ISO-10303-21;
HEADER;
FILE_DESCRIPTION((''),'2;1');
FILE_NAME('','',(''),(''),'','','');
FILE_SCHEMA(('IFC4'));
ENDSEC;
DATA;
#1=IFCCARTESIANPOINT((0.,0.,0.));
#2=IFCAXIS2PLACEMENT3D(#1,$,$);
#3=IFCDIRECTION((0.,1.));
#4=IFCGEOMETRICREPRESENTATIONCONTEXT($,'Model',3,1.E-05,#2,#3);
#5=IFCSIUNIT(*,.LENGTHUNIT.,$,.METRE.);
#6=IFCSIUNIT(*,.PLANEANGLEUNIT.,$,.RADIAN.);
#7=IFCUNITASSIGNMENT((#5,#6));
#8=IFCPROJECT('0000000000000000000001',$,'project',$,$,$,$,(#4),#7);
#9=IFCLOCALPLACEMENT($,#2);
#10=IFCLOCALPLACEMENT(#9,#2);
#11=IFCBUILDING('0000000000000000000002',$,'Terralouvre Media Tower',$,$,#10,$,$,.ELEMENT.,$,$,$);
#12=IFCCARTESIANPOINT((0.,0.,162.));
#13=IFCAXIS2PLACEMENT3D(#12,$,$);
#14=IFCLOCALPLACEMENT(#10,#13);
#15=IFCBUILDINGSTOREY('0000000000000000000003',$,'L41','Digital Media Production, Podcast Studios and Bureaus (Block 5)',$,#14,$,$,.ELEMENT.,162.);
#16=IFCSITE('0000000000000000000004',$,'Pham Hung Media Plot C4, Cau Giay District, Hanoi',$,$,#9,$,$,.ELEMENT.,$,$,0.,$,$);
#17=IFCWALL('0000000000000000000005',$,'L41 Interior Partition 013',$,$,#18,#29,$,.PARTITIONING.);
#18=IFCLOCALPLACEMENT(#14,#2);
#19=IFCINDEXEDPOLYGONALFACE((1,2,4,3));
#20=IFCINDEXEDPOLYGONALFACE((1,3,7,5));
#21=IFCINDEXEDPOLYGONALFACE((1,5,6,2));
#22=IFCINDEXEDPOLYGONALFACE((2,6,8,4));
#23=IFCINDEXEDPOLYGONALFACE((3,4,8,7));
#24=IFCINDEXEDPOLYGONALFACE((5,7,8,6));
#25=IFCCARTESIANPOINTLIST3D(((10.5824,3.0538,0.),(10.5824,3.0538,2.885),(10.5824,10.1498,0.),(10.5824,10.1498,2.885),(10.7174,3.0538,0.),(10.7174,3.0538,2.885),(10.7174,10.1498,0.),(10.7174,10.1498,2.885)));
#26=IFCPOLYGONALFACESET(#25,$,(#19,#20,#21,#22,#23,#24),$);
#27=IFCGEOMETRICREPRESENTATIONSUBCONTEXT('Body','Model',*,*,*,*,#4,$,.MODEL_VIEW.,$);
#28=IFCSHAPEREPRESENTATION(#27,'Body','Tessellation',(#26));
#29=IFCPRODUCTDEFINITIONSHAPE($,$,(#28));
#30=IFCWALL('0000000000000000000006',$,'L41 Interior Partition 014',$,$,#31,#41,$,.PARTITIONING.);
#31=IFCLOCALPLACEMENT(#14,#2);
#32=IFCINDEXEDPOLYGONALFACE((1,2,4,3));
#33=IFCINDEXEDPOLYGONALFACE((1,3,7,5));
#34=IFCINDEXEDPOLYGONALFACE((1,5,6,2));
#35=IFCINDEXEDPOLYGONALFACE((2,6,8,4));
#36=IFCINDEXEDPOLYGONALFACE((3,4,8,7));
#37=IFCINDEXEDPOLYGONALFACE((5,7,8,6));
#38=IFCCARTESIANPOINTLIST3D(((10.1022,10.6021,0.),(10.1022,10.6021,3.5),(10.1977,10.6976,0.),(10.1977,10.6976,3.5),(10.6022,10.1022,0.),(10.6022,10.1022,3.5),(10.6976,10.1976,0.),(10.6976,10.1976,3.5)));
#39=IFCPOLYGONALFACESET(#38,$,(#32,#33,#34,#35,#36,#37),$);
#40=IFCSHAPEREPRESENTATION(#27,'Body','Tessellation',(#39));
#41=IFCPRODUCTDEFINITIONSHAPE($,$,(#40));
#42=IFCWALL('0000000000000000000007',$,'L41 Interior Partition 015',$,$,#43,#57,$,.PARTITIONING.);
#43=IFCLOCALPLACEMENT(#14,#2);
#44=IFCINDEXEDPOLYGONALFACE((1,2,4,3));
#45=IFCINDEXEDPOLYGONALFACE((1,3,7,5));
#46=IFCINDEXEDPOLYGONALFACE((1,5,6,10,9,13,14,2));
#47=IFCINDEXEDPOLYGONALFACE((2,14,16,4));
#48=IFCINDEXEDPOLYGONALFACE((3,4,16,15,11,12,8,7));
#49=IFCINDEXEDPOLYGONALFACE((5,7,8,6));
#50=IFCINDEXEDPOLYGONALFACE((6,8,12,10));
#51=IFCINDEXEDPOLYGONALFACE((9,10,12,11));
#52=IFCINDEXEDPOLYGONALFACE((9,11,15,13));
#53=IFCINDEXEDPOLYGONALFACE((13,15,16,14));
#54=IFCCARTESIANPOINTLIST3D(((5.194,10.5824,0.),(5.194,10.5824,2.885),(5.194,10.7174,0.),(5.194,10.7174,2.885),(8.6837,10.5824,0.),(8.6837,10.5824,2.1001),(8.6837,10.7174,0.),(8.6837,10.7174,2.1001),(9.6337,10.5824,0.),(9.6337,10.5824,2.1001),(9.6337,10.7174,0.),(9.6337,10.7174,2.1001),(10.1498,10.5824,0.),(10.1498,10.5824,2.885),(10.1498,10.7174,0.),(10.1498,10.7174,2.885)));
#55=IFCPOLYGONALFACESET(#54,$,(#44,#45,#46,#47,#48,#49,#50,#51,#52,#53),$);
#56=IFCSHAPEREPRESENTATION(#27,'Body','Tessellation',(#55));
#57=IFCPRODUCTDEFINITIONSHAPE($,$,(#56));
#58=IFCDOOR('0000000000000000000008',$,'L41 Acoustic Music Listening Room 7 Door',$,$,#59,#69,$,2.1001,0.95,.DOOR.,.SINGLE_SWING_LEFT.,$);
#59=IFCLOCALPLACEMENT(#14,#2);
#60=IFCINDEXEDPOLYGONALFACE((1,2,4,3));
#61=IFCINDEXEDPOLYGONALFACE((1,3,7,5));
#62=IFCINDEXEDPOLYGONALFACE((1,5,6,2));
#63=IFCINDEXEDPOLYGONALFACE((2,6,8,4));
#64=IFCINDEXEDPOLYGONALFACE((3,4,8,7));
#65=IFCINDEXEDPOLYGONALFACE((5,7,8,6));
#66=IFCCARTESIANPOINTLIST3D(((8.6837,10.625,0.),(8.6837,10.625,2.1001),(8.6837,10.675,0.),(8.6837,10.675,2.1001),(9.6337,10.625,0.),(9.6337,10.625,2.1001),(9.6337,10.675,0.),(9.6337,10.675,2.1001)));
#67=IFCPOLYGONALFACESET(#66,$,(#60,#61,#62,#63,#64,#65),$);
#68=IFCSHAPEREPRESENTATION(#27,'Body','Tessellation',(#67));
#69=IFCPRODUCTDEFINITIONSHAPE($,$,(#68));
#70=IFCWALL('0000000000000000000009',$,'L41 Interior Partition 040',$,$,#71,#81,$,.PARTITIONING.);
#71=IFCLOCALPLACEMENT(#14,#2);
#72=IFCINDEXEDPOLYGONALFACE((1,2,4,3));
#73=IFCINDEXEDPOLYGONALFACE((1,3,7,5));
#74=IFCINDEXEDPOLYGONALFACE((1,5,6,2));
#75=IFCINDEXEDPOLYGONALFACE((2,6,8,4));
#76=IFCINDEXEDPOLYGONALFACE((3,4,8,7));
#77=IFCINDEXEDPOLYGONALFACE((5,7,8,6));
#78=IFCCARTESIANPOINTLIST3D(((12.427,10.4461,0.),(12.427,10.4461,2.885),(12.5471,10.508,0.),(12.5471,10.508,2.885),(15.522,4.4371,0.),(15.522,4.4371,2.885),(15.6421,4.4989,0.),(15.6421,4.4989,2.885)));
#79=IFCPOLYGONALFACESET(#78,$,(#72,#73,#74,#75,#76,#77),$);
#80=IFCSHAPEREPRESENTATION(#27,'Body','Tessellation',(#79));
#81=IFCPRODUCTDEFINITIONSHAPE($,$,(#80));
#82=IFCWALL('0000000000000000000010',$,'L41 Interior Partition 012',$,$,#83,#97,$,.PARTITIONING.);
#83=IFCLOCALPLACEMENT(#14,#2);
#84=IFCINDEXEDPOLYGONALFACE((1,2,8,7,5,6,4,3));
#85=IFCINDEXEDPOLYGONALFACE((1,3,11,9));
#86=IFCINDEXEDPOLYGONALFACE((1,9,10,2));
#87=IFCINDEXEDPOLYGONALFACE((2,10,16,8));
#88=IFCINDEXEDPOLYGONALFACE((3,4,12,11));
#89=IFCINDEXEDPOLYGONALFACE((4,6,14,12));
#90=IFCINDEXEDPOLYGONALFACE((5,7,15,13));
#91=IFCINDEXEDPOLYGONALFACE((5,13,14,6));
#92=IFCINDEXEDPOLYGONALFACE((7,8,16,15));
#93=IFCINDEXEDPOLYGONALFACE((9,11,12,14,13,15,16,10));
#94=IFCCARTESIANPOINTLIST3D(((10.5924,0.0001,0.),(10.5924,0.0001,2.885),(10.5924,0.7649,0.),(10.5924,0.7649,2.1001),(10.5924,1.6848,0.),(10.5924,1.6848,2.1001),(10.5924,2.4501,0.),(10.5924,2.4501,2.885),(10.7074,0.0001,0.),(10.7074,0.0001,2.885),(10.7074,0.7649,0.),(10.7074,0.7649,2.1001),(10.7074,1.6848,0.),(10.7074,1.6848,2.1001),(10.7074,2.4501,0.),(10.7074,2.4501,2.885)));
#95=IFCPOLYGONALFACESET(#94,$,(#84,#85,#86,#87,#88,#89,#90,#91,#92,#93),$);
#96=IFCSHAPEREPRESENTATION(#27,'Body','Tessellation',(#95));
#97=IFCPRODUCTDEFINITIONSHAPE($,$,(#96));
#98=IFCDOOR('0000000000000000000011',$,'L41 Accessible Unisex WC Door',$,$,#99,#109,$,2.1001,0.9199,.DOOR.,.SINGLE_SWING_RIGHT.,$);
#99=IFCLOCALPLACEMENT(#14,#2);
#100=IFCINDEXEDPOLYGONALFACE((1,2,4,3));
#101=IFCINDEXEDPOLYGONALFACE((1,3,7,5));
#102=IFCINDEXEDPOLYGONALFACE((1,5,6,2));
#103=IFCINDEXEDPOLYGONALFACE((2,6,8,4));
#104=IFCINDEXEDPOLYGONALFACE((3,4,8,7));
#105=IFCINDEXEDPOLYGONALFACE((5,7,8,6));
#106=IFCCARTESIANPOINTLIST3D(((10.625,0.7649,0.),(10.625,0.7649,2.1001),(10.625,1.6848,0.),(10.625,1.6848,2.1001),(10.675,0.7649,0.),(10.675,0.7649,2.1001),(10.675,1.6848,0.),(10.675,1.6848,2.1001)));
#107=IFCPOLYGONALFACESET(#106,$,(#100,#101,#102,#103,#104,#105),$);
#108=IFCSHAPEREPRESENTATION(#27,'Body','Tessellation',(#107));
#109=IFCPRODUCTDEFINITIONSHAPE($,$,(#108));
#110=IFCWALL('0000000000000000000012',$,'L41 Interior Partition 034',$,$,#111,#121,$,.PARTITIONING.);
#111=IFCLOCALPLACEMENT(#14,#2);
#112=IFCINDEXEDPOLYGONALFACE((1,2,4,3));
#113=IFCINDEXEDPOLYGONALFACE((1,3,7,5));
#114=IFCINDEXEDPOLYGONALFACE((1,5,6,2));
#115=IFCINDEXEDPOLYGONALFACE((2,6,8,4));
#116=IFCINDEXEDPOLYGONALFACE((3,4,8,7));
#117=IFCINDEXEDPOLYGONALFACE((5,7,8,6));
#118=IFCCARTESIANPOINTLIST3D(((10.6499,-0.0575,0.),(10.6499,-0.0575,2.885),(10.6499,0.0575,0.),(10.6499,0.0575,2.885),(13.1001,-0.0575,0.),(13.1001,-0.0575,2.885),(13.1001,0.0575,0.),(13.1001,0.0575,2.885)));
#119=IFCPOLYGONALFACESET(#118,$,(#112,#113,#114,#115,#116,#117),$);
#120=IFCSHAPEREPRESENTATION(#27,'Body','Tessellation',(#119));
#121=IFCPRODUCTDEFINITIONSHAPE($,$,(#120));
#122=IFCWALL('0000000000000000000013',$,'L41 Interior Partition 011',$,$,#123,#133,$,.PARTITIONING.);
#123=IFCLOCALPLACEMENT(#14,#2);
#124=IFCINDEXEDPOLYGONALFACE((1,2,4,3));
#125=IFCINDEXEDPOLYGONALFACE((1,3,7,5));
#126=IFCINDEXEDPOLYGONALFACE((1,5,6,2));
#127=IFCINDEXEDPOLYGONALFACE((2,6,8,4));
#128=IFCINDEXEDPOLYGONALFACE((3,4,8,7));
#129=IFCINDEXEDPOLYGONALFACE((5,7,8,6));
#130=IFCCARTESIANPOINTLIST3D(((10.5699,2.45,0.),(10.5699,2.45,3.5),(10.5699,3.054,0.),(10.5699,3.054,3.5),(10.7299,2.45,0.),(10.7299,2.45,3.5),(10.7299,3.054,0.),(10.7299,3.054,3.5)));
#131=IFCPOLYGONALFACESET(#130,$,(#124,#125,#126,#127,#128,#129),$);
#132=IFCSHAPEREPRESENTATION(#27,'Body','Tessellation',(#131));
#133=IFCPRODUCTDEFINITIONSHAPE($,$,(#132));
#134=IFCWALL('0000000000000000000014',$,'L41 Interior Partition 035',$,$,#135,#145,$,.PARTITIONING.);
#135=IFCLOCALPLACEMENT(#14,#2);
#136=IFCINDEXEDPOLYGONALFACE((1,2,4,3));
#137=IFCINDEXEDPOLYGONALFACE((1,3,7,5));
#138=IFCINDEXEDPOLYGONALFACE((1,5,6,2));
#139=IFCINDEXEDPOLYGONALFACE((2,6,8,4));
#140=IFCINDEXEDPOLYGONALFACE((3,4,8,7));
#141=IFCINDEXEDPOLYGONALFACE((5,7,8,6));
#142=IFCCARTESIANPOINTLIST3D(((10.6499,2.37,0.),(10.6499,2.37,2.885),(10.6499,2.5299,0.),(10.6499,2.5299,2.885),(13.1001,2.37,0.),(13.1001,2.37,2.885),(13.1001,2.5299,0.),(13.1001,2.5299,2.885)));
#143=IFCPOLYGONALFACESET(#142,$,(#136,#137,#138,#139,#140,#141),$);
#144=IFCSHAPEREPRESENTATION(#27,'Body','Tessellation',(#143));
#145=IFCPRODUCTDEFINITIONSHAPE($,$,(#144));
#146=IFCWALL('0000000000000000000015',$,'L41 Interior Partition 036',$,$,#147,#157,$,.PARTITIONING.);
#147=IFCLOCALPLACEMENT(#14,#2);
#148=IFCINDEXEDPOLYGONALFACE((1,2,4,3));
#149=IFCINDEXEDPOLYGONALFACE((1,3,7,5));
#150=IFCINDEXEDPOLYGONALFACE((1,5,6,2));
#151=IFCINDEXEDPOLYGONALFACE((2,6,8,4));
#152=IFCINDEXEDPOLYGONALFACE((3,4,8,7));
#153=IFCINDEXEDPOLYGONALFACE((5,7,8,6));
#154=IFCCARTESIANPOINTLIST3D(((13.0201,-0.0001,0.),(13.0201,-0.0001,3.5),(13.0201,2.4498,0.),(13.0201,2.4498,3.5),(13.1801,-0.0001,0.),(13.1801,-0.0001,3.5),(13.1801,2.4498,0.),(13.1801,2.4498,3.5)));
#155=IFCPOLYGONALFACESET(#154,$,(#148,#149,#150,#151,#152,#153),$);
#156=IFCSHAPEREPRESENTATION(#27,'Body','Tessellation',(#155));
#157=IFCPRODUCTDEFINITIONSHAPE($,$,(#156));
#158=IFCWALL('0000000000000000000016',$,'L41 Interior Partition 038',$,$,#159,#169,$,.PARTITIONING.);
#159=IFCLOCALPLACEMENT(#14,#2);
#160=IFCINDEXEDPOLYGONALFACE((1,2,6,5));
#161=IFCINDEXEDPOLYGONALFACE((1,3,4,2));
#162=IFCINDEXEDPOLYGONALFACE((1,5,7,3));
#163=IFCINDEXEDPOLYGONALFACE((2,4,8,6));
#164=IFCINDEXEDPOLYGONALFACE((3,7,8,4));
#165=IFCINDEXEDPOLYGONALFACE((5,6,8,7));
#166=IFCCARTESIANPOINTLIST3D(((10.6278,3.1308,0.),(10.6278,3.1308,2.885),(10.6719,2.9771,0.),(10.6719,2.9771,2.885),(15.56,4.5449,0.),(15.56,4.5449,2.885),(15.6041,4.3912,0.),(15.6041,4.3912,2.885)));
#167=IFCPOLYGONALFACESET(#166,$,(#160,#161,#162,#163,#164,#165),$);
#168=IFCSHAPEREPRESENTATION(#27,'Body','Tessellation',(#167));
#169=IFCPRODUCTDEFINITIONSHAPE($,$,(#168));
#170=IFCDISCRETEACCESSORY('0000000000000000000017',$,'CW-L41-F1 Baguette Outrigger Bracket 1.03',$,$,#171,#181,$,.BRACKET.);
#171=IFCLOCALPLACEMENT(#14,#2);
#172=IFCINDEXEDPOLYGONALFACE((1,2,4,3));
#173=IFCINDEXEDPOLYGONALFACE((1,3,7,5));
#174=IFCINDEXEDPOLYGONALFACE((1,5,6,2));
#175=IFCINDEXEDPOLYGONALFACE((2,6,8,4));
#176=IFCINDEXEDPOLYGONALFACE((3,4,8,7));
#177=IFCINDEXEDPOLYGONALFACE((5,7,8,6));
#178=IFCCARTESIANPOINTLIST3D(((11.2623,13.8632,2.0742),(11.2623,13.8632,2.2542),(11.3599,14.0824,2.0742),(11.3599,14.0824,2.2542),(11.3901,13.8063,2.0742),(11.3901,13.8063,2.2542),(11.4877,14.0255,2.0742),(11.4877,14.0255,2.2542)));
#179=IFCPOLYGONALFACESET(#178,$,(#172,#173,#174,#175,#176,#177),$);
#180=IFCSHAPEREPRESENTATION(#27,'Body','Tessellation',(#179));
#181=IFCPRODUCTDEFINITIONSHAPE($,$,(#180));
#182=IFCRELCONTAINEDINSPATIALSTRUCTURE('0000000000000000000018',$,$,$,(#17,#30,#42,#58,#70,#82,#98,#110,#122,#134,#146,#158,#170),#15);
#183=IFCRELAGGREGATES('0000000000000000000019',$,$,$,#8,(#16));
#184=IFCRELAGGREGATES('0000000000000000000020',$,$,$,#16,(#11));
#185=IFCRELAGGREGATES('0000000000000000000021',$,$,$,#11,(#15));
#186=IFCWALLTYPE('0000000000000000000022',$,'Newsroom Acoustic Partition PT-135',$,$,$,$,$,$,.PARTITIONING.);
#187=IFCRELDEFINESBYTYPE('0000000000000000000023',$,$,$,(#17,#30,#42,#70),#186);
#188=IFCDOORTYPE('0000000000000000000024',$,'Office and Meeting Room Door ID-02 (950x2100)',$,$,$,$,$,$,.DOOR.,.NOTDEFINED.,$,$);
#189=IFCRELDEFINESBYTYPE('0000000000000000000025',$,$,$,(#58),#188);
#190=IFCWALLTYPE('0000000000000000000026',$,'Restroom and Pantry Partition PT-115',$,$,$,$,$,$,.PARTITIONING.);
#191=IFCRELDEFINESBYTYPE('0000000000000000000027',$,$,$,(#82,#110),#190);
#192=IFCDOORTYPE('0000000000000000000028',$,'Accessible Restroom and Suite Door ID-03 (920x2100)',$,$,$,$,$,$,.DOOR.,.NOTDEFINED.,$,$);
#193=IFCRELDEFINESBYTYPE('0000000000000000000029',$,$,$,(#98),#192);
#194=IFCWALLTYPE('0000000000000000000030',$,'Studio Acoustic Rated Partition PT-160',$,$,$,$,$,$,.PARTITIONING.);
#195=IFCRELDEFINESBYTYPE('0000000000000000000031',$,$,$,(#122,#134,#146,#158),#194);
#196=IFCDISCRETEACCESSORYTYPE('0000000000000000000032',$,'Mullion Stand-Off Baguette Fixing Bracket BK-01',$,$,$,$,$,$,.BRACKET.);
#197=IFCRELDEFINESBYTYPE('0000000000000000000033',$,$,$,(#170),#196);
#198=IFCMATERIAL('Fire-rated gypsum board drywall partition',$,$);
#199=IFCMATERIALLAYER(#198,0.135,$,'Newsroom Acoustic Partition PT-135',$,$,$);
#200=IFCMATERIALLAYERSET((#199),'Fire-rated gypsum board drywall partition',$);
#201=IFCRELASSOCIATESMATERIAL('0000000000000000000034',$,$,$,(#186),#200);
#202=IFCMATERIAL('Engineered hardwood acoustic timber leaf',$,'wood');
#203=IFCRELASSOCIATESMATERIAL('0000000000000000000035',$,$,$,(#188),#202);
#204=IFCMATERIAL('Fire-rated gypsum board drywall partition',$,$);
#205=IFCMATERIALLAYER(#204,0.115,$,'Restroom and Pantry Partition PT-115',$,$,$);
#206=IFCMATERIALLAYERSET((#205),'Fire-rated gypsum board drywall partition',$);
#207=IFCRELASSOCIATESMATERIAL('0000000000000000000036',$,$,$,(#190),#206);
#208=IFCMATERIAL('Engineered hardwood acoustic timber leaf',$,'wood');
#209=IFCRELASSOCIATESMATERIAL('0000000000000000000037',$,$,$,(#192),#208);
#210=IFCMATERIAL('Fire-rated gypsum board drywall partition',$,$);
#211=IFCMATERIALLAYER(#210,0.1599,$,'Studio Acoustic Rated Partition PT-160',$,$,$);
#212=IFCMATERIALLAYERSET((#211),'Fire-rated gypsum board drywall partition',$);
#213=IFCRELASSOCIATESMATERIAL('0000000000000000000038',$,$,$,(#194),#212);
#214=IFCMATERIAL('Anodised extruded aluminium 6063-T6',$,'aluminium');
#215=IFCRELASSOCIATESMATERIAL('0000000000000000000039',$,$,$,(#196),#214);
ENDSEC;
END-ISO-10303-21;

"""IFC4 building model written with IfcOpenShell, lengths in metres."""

from ifc_helpers import new_model, si_unit, direction, frame, frame_2d, origin, origin_2d, place, context, subcontext, project, spatial, rectangle, extrude, material, layer, layer_set, type_object, element, fill, save


model = new_model("IFC4")

# Units and contexts
model_context = context("Model", 3, precision=1e-05, world=origin(), true_north=direction((0.0, 1.0)))
body_context = subcontext(model_context, "Body", "Model", "MODEL_VIEW")
ifc_project = project(units=[si_unit("LENGTHUNIT", "METRE"), si_unit("PLANEANGLEUNIT", "RADIAN")], contexts=[model_context])

# Site, building, storey
site_placement = place(None, origin())
site = spatial("IfcSite", under=ifc_project, at=site_placement, Name="Pham Hung Media Plot C4, Cau Giay District, Hanoi", CompositionType="ELEMENT", RefElevation=0.0)
building_placement = place(site_placement, origin())
building = spatial("IfcBuilding", under=site, at=building_placement, Name="Terralouvre Media Tower", CompositionType="ELEMENT")
storey_placement = place(building_placement, frame((0.0, 0.0, 162.0)))
storey = spatial("IfcBuildingStorey", under=building, at=storey_placement, Name="L41", Description="Digital Media Production, Podcast Studios and Bureaus (Block 5)", CompositionType="ELEMENT", Elevation=162.0)

# Walls
ifc_material_1 = material(Name="Fire-rated gypsum board drywall partition")
ifc_layer_1 = layer(ifc_material_1, 0.135, Name="Newsroom Acoustic Partition PT-135")
ifc_layer_set_1 = layer_set([ifc_layer_1], Name="Fire-rated gypsum board drywall partition")
wall_type_1 = type_object("IfcWallType", Name="Newsroom Acoustic Partition PT-135", PredefinedType="PARTITIONING", material=ifc_layer_set_1)
wall_1_placement = place(storey_placement, frame((10.6499, 3.054, 0.0), z_axis=(0.0, 0.0, 1.0), x_axis=(0.0, 1.0, 0.0)))
element("IfcWall", 1, at=wall_1_placement, inside=storey, type_object=wall_type_1, Name="L41 Interior Partition 013", PredefinedType="PARTITIONING", context=body_context, shape_type="SweptSolid", body=[
    extrude(rectangle(XDim=7.0959, YDim=0.135, at=frame_2d((3.5479, 0.0))), origin(), (0.0, 0.0, 1.0), 2.885),
])
wall_2_placement = place(storey_placement, frame((10.6499, 10.1499, 0.0), z_axis=(0.0, 0.0, 1.0), x_axis=(-0.707107, 0.707107, 0.0)))
element("IfcWall", 2, at=wall_2_placement, inside=storey, type_object=wall_type_1, Name="L41 Interior Partition 014", PredefinedType="PARTITIONING", context=body_context, shape_type="SweptSolid", body=[
    extrude(rectangle(XDim=0.707, YDim=0.135, at=frame_2d((0.3535, 0.0))), origin(), (0.0, 0.0, 1.0), 3.5),
])

# Wall, opening, door
wall_3_placement = place(storey_placement, frame((10.1499, 10.6499, 0.0), z_axis=(0.0, 0.0, 1.0), x_axis=(-1.0, 0.0, 0.0)))
wall_3 = element("IfcWall", 3, at=wall_3_placement, inside=storey, type_object=wall_type_1, Name="L41 Interior Partition 015", PredefinedType="PARTITIONING", context=body_context, shape_type="SweptSolid", body=[
    extrude(rectangle(XDim=4.9558, YDim=0.135, at=frame_2d((2.478, 0.0))), origin(), (0.0, 0.0, 1.0), 2.885),
])
opening_1_placement = place(wall_3_placement, frame((0.5161, 0.0, 0.0)))
opening_1 = element("IfcOpeningElement", 4, at=opening_1_placement, cuts=wall_3, PredefinedType="OPENING", context=body_context, shape_type="SweptSolid", body=[
    extrude(rectangle(XDim=0.95, YDim=2.1001, at=frame_2d((0.4751, 1.05))), frame((0.0, 0.0774, 0.0), z_axis=(0.0, -1.0, 0.0), x_axis=(1.0, 0.0, 0.0)), (0.0, 0.0, 1.0), 0.155),
])
ifc_material_2 = material(Name="Engineered hardwood acoustic timber leaf", Category="wood")
door_type_1 = type_object("IfcDoorType", Name="Office and Meeting Room Door ID-02 (950x2100)", OperationType="NOTDEFINED", PredefinedType="DOOR", material=ifc_material_2)
door_1_placement = place(opening_1_placement, origin())
door_1 = element("IfcDoor", 5, at=door_1_placement, inside=storey, type_object=door_type_1, Name="L41 Acoustic Music Listening Room 7 Door", OperationType="SINGLE_SWING_LEFT", OverallHeight=2.1001, OverallWidth=0.95, PredefinedType="DOOR", context=body_context, shape_type="SweptSolid", body=[
    extrude(rectangle(XDim=0.95, YDim=2.1001, at=frame_2d((0.4751, 1.05))), frame((0.0, 0.0249, 0.0), z_axis=(0.0, -1.0, 0.0), x_axis=(1.0, 0.0, 0.0)), (0.0, 0.0, 1.0), 0.05),
])
fill(opening_1, door_1)

# Wall
wall_4_placement = place(storey_placement, frame((12.4871, 10.4771, 0.0), z_axis=(0.0, 0.0, 1.0), x_axis=(0.457887, -0.88901, 0.0)))
element("IfcWall", 6, at=wall_4_placement, inside=storey, type_object=wall_type_1, Name="L41 Interior Partition 040", PredefinedType="PARTITIONING", context=body_context, shape_type="SweptSolid", body=[
    extrude(rectangle(XDim=6.7593, YDim=0.135, at=frame_2d((3.3796, 0.0))), origin(), (0.0, 0.0, 1.0), 2.885),
])

# Wall, opening, door
ifc_material_3 = material(Name="Fire-rated gypsum board drywall partition")
ifc_layer_2 = layer(ifc_material_3, 0.115, Name="Restroom and Pantry Partition PT-115")
ifc_layer_set_2 = layer_set([ifc_layer_2], Name="Fire-rated gypsum board drywall partition")
wall_type_2 = type_object("IfcWallType", Name="Restroom and Pantry Partition PT-115", PredefinedType="PARTITIONING", material=ifc_layer_set_2)
wall_5_placement = place(storey_placement, frame((10.6499, 0.0, 0.0), z_axis=(0.0, 0.0, 1.0), x_axis=(0.0, 1.0, 0.0)))
wall_5 = element("IfcWall", 7, at=wall_5_placement, inside=storey, type_object=wall_type_2, Name="L41 Interior Partition 012", PredefinedType="PARTITIONING", context=body_context, shape_type="SweptSolid", body=[
    extrude(rectangle(XDim=2.45, YDim=0.115, at=frame_2d((1.2251, 0.0))), origin(), (0.0, 0.0, 1.0), 2.885),
])
opening_2_placement = place(wall_5_placement, frame((0.7649, 0.0, 0.0)))
opening_2 = element("IfcOpeningElement", 8, at=opening_2_placement, cuts=wall_5, PredefinedType="OPENING", context=body_context, shape_type="SweptSolid", body=[
    extrude(rectangle(XDim=0.9199, YDim=2.1001, at=frame_2d((0.46, 1.05))), frame((0.0, 0.0674, 0.0), z_axis=(0.0, -1.0, 0.0), x_axis=(1.0, 0.0, 0.0)), (0.0, 0.0, 1.0), 0.135),
])
ifc_material_4 = material(Name="Engineered hardwood acoustic timber leaf", Category="wood")
door_type_2 = type_object("IfcDoorType", Name="Accessible Restroom and Suite Door ID-03 (920x2100)", OperationType="NOTDEFINED", PredefinedType="DOOR", material=ifc_material_4)
door_2_placement = place(opening_2_placement, origin())
door_2 = element("IfcDoor", 9, at=door_2_placement, inside=storey, type_object=door_type_2, Name="L41 Accessible Unisex WC Door", OperationType="SINGLE_SWING_RIGHT", OverallHeight=2.1001, OverallWidth=0.9199, PredefinedType="DOOR", context=body_context, shape_type="SweptSolid", body=[
    extrude(rectangle(XDim=0.9199, YDim=2.1001, at=frame_2d((0.46, 1.05))), frame((0.0, 0.0249, 0.0), z_axis=(0.0, -1.0, 0.0), x_axis=(1.0, 0.0, 0.0)), (0.0, 0.0, 1.0), 0.05),
])
fill(opening_2, door_2)

# Walls
wall_6_placement = place(storey_placement, frame((13.1001, 0.0, 0.0), z_axis=(0.0, 0.0, 1.0), x_axis=(-1.0, 0.0, 0.0)))
element("IfcWall", 10, at=wall_6_placement, inside=storey, type_object=wall_type_2, Name="L41 Interior Partition 034", PredefinedType="PARTITIONING", context=body_context, shape_type="SweptSolid", body=[
    extrude(rectangle(XDim=2.4502, YDim=0.115, at=frame_2d((1.2251, 0.0))), origin(), (0.0, 0.0, 1.0), 2.885),
])
ifc_material_5 = material(Name="Fire-rated gypsum board drywall partition")
ifc_layer_3 = layer(ifc_material_5, 0.1599, Name="Studio Acoustic Rated Partition PT-160")
ifc_layer_set_3 = layer_set([ifc_layer_3], Name="Fire-rated gypsum board drywall partition")
wall_type_3 = type_object("IfcWallType", Name="Studio Acoustic Rated Partition PT-160", PredefinedType="PARTITIONING", material=ifc_layer_set_3)
wall_7_placement = place(storey_placement, frame((10.6499, 2.45, 0.0), z_axis=(0.0, 0.0, 1.0), x_axis=(0.0, 1.0, 0.0)))
element("IfcWall", 11, at=wall_7_placement, inside=storey, type_object=wall_type_3, Name="L41 Interior Partition 011", PredefinedType="PARTITIONING", context=body_context, shape_type="SweptSolid", body=[
    extrude(rectangle(XDim=0.604, YDim=0.1599, at=frame_2d((0.302, 0.0))), origin(), (0.0, 0.0, 1.0), 3.5),
])
wall_8_placement = place(storey_placement, frame((10.6499, 2.45, 0.0), z_axis=(0.0, 0.0, 1.0), x_axis=(1.0, 0.0, 0.0)))
element("IfcWall", 12, at=wall_8_placement, inside=storey, type_object=wall_type_3, Name="L41 Interior Partition 035", PredefinedType="PARTITIONING", context=body_context, shape_type="SweptSolid", body=[
    extrude(rectangle(XDim=2.4502, YDim=0.1599, at=frame_2d((1.2251, 0.0))), origin(), (0.0, 0.0, 1.0), 2.885),
])
wall_9_placement = place(storey_placement, frame((13.1001, 2.45, 0.0), z_axis=(0.0, 0.0, 1.0), x_axis=(0.0, -1.0, 0.0)))
element("IfcWall", 13, at=wall_9_placement, inside=storey, type_object=wall_type_3, Name="L41 Interior Partition 036", PredefinedType="PARTITIONING", context=body_context, shape_type="SweptSolid", body=[
    extrude(rectangle(XDim=2.45, YDim=0.1599, at=frame_2d((1.2251, 0.0))), origin(), (0.0, 0.0, 1.0), 3.5),
])
wall_10_placement = place(storey_placement, frame((15.582, 4.468, 0.0), z_axis=(0.0, 0.0, 1.0), x_axis=(-0.961272, -0.275601, 0.0)))
element("IfcWall", 14, at=wall_10_placement, inside=storey, type_object=wall_type_3, Name="L41 Interior Partition 038", PredefinedType="PARTITIONING", context=body_context, shape_type="SweptSolid", body=[
    extrude(rectangle(XDim=5.1309, YDim=0.1599, at=frame_2d((2.5654, 0.0))), origin(), (0.0, 0.0, 1.0), 2.885),
])

# Discrete accessory
ifc_material_6 = material(Name="Anodised extruded aluminium 6063-T6", Category="aluminium")
discrete_accessory_type = type_object("IfcDiscreteAccessoryType", Name="Mullion Stand-Off Baguette Fixing Bracket BK-01", PredefinedType="BRACKET", material=ifc_material_6)
discrete_accessory_placement = place(storey_placement, frame((11.375, 13.9443, 2.0742), z_axis=(0.0, 0.0, 1.0), x_axis=(-0.913545, 0.406737, 0.0)))
element("IfcDiscreteAccessory", 15, at=discrete_accessory_placement, inside=storey, type_object=discrete_accessory_type, Name="CW-L41-F1 Baguette Outrigger Bracket 1.03", PredefinedType="BRACKET", context=body_context, shape_type="SweptSolid", body=[
    extrude(rectangle(XDim=0.1399, YDim=0.24, at=origin_2d()), origin(), (0.0, 0.0, 1.0), 0.1799),
])

save(model, "model.ifc")
